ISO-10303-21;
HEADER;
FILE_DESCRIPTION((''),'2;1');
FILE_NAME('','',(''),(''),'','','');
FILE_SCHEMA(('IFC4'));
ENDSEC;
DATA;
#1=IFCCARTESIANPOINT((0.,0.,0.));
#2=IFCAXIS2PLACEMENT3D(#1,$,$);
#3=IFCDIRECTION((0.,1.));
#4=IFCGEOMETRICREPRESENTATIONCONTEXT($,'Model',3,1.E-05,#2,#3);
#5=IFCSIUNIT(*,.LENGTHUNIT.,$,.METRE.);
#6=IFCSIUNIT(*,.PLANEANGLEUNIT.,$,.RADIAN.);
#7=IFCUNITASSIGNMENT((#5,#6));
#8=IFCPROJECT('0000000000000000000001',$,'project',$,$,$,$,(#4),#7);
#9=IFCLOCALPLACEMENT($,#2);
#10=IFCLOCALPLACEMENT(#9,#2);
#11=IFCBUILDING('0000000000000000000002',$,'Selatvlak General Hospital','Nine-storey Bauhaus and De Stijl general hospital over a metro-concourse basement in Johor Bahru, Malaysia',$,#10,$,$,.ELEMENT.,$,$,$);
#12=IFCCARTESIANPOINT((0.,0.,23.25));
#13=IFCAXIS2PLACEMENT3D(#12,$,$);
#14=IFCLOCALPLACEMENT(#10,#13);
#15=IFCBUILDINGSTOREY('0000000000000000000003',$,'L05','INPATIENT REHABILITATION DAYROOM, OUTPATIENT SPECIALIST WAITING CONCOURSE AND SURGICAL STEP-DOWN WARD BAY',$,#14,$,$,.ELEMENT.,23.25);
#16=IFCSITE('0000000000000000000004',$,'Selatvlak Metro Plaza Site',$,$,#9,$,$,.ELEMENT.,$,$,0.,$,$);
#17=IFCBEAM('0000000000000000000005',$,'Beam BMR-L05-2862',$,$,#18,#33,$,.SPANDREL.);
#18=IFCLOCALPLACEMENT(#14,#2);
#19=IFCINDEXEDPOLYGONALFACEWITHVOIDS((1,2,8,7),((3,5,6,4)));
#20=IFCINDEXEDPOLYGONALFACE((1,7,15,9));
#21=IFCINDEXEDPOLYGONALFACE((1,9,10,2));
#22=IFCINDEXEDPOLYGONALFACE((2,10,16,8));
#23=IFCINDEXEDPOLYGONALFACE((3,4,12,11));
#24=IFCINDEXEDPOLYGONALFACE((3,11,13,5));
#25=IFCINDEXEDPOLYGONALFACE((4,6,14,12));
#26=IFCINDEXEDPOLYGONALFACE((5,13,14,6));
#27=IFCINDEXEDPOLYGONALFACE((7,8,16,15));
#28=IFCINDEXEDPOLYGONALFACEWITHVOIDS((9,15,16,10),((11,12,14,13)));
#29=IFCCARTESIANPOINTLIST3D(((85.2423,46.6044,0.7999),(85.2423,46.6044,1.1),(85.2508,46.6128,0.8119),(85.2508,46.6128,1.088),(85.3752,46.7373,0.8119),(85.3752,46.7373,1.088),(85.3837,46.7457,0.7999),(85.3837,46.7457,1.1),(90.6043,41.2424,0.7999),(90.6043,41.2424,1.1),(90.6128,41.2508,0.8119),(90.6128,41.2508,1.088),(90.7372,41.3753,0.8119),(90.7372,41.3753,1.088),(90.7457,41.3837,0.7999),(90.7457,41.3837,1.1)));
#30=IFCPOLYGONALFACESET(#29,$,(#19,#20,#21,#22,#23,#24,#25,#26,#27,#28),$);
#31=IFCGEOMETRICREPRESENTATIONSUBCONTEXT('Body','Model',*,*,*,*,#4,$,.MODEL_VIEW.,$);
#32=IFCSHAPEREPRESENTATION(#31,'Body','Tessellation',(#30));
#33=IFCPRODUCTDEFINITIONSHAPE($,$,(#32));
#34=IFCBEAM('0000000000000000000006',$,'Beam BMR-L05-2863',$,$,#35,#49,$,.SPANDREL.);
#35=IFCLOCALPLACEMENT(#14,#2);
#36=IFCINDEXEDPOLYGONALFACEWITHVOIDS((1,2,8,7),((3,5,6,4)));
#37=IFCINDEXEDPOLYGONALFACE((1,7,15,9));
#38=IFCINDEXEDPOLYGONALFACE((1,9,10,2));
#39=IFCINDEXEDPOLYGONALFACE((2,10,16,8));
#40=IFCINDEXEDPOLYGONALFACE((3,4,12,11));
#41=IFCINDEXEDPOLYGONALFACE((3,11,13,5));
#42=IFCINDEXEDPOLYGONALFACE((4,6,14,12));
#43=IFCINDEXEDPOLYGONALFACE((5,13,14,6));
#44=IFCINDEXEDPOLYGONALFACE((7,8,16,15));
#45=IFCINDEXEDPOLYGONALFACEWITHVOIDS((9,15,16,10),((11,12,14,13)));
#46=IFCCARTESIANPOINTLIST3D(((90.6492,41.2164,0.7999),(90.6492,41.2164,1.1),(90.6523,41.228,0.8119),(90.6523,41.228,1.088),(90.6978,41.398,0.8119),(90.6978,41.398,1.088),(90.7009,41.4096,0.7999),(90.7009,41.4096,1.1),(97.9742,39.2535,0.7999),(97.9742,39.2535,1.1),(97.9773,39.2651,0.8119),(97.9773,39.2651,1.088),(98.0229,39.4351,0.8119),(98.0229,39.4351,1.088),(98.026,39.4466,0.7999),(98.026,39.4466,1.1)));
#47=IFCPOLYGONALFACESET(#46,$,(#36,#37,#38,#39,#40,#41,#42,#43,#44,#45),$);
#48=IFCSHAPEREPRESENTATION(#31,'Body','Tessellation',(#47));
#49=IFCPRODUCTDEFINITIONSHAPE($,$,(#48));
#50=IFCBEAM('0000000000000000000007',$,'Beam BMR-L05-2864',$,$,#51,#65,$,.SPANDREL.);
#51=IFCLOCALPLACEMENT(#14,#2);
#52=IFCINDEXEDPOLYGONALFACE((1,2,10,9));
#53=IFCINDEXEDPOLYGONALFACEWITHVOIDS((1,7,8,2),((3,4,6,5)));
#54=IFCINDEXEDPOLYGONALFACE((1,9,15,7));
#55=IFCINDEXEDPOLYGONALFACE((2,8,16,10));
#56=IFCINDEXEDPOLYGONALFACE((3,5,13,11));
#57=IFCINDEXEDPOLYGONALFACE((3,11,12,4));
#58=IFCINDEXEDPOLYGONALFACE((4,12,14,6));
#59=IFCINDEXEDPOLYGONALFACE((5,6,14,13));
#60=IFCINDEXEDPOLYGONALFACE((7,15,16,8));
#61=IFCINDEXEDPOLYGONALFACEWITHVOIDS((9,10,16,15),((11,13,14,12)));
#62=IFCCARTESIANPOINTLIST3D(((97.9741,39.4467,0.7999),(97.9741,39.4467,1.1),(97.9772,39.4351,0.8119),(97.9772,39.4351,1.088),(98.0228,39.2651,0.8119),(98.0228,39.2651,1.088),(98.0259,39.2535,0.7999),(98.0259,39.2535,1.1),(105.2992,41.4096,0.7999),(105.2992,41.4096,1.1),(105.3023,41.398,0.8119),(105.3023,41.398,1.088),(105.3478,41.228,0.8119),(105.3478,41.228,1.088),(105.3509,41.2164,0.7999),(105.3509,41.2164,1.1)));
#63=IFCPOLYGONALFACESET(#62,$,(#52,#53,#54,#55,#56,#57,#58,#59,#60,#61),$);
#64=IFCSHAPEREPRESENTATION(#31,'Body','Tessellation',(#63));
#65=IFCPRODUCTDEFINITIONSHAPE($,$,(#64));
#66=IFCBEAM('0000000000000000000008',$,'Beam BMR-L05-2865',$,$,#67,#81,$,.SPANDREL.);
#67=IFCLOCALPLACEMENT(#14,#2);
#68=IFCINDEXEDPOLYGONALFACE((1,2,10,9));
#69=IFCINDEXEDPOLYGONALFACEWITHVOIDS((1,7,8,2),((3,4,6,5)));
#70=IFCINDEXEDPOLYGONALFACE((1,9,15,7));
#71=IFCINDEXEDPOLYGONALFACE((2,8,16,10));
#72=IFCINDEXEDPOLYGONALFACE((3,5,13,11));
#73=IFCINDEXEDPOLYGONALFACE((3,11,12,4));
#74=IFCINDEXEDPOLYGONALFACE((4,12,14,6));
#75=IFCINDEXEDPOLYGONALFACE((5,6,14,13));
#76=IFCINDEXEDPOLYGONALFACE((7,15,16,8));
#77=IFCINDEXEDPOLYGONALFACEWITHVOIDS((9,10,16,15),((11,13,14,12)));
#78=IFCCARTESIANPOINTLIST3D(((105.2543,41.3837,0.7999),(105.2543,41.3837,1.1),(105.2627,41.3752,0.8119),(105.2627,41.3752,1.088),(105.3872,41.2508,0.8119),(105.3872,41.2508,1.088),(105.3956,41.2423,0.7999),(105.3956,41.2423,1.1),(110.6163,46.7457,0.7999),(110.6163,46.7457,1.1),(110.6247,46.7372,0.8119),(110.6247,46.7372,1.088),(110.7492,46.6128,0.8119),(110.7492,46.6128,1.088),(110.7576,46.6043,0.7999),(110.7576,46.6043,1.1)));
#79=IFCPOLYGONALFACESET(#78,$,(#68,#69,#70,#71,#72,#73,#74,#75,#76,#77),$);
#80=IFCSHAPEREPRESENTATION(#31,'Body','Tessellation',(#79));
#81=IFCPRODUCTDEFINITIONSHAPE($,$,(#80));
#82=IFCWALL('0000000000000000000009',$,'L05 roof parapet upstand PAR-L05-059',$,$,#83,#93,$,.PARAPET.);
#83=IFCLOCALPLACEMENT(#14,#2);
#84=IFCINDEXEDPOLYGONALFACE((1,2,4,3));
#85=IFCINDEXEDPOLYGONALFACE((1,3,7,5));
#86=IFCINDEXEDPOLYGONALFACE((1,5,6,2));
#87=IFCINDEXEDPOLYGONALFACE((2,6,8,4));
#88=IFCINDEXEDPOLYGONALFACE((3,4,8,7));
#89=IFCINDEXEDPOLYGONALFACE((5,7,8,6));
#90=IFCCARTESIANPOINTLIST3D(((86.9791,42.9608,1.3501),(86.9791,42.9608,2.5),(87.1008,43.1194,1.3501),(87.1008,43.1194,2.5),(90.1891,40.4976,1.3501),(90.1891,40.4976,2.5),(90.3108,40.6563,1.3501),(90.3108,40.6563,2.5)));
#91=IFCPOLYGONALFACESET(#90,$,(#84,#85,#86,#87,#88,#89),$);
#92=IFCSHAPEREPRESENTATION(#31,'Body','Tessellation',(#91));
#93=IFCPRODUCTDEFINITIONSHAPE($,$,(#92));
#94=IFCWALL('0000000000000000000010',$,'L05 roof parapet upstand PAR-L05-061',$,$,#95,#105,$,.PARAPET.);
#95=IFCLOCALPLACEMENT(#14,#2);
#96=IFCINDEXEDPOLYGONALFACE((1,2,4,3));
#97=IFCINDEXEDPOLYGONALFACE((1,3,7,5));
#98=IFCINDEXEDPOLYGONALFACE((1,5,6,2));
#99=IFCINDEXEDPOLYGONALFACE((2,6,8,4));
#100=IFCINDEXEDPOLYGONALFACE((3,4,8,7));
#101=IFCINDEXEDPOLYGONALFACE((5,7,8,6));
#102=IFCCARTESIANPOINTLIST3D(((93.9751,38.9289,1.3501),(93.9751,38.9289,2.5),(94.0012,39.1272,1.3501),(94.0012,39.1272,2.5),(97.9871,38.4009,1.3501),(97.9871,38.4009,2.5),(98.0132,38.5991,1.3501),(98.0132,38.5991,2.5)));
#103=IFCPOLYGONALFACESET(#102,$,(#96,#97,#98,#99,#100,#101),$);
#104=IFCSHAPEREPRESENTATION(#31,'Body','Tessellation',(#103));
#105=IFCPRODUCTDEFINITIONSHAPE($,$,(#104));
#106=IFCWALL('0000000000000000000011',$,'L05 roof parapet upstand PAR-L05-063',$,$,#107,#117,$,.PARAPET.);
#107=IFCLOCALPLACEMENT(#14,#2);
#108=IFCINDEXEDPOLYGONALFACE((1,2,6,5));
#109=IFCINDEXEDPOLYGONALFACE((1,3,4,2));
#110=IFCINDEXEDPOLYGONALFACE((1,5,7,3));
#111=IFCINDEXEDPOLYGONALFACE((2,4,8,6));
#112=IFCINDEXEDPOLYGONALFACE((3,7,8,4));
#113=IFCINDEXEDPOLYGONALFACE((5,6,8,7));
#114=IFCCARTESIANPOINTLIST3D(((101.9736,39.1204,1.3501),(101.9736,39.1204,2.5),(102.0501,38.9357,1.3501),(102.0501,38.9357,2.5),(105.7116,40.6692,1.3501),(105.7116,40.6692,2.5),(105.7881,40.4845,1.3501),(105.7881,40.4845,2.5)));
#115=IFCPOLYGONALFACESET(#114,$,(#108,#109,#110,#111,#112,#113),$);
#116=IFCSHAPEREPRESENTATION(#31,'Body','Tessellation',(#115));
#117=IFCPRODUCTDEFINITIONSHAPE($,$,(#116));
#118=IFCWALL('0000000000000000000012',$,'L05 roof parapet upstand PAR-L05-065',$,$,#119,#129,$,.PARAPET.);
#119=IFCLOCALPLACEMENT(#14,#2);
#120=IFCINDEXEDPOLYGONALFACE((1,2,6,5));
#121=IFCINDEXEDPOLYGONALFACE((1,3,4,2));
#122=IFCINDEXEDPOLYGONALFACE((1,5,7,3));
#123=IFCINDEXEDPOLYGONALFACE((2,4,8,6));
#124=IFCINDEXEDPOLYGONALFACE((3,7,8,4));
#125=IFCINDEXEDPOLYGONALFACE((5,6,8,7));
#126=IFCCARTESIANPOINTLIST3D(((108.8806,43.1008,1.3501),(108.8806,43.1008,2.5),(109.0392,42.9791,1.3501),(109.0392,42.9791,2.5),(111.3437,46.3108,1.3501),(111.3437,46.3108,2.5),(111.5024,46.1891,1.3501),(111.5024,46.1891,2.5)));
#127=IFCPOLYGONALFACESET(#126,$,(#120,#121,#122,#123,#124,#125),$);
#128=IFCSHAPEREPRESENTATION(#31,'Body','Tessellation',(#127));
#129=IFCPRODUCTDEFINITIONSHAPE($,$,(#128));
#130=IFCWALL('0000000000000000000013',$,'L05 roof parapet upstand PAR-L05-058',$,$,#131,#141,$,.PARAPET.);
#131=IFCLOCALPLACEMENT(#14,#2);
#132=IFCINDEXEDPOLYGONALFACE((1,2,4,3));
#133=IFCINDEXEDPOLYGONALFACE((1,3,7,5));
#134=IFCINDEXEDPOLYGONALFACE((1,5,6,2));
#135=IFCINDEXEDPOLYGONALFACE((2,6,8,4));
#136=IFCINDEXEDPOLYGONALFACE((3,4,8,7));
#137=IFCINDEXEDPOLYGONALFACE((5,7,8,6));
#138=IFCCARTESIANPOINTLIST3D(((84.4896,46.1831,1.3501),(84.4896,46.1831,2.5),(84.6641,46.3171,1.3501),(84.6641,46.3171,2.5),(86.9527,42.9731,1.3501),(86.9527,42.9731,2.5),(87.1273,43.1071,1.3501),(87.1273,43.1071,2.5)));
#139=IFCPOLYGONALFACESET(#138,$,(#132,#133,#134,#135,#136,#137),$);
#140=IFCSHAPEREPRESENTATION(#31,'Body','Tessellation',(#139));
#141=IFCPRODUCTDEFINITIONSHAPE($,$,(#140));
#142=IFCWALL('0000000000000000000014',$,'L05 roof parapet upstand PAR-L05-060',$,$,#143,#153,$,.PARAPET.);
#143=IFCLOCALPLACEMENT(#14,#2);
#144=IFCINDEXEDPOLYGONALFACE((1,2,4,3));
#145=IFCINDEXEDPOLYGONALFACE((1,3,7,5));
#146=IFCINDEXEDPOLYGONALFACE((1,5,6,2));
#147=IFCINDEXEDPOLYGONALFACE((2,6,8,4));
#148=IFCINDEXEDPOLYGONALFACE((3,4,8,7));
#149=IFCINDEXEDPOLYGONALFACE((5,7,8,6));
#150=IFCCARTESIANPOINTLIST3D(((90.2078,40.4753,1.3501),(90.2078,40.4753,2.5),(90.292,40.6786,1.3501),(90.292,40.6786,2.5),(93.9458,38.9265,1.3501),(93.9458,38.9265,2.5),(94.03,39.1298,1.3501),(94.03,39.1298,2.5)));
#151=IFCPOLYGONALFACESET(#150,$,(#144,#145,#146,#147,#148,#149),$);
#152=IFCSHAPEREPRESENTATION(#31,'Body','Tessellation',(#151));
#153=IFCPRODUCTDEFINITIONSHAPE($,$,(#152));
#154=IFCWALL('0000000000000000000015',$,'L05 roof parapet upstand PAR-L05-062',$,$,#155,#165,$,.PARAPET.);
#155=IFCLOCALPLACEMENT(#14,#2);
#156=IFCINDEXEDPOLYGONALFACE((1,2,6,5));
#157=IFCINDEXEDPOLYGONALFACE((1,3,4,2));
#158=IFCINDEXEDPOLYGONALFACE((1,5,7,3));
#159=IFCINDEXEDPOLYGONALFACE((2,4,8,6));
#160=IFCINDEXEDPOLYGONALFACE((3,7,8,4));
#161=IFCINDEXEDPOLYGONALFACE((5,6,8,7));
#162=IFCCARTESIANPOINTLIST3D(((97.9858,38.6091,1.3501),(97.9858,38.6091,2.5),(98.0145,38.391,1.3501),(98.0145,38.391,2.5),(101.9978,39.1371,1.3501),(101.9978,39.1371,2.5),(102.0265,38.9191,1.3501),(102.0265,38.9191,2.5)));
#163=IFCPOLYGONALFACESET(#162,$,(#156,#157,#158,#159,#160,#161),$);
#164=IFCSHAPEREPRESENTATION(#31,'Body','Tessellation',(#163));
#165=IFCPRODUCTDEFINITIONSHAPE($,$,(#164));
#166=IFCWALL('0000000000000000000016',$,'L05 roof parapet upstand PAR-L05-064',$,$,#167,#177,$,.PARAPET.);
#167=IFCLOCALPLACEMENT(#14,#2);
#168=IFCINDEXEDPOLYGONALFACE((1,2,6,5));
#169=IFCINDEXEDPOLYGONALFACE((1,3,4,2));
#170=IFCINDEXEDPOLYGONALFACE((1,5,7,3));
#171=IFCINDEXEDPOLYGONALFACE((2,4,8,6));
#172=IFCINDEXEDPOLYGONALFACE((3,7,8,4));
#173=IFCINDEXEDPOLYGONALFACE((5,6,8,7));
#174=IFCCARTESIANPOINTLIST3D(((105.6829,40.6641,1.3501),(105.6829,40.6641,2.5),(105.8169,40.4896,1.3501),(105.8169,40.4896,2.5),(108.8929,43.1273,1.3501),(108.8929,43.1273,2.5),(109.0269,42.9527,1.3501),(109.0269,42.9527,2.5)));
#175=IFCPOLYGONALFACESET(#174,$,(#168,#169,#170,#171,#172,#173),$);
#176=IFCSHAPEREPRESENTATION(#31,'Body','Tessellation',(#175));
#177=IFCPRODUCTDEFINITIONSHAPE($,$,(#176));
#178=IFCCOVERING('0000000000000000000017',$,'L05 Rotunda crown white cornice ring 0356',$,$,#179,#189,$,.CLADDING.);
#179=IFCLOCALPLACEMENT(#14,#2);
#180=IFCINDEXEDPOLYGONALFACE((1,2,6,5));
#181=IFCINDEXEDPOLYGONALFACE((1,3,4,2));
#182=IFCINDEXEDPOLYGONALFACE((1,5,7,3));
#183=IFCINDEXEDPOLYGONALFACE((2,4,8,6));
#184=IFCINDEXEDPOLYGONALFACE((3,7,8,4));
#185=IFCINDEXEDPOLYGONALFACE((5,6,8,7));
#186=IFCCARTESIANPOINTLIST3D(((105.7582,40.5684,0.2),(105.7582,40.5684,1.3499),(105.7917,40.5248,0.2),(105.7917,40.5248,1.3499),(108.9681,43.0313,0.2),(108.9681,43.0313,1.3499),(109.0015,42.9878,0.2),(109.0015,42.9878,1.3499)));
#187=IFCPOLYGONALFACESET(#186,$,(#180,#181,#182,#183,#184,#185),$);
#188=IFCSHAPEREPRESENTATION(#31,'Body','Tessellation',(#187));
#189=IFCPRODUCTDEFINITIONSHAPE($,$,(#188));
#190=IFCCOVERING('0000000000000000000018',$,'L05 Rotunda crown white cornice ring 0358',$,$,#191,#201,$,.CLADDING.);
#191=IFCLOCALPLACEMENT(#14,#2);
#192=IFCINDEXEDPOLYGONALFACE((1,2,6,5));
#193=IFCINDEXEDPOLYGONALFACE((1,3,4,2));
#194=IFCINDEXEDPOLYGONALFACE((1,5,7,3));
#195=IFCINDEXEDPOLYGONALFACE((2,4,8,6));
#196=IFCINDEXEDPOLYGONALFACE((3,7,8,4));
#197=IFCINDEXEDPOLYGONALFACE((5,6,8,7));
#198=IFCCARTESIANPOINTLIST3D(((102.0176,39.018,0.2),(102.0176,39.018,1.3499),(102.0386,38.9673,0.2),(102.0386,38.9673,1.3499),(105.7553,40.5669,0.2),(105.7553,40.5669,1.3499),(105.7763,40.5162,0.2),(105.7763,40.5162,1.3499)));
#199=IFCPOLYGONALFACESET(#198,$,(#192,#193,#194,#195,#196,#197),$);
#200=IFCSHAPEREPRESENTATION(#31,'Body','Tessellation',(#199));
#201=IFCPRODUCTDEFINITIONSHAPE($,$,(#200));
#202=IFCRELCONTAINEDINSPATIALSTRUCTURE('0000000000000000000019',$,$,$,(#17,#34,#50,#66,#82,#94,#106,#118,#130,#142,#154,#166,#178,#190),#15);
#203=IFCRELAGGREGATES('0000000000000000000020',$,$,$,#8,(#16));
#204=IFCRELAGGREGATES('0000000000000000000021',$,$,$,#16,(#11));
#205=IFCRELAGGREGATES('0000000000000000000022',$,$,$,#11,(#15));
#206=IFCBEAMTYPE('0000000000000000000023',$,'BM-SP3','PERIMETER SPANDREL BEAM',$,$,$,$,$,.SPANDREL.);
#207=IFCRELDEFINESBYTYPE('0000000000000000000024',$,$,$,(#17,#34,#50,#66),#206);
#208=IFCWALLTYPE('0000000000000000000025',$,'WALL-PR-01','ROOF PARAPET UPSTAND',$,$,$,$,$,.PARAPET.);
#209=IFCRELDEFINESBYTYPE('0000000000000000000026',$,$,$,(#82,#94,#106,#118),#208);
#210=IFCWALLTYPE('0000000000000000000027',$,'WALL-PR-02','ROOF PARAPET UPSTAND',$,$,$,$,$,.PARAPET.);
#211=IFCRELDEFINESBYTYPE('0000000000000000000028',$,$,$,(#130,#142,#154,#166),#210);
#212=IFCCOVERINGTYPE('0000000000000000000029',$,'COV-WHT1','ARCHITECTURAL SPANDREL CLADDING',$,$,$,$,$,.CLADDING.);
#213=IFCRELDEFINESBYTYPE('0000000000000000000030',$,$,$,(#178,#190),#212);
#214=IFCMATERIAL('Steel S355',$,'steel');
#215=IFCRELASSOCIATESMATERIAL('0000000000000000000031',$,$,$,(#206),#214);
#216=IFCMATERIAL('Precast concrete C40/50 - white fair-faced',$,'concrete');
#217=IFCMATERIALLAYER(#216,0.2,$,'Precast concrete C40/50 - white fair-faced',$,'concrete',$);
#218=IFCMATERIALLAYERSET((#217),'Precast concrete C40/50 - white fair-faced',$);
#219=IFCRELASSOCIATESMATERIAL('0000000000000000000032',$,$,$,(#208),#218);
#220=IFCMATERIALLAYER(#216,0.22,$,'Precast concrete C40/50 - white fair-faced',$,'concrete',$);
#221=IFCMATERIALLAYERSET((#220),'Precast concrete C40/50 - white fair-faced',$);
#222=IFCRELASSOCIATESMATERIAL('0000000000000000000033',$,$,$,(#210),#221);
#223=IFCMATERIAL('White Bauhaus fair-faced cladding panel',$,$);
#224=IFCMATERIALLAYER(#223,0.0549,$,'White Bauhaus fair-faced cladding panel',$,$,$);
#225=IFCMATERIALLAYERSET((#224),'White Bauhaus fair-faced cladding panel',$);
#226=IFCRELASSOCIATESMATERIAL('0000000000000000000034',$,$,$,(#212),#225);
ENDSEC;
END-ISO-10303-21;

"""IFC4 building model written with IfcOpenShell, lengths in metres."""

from ifc_helpers import new_model, si_unit, direction, frame, frame_2d, origin, origin_2d, place, context, subcontext, project, spatial, rectangle, hollow_rectangle, extrude, material, layer, layer_set, material_profile, profile_set, type_object, element, save


model = new_model("IFC4")

# Units and contexts
model_context = context("Model", 3, precision=1e-05, world=origin(), true_north=direction((0.0, 1.0)))
body_context = subcontext(model_context, "Body", "Model", "MODEL_VIEW")
ifc_project = project(units=[si_unit("LENGTHUNIT", "METRE"), si_unit("PLANEANGLEUNIT", "RADIAN")], contexts=[model_context])

# Site, building, storey
site_placement = place(None, origin())
site = spatial("IfcSite", under=ifc_project, at=site_placement, Name="Selatvlak Metro Plaza Site", CompositionType="ELEMENT", RefElevation=0.0)
building_placement = place(site_placement, origin())
building = spatial("IfcBuilding", under=site, at=building_placement, Name="Selatvlak General Hospital", Description="Nine-storey Bauhaus and De Stijl general hospital over a metro-concourse basement in Johor Bahru, Malaysia", CompositionType="ELEMENT")
storey_placement = place(building_placement, frame((0.0, 0.0, 23.25)))
storey = spatial("IfcBuildingStorey", under=building, at=storey_placement, Name="L05", Description="INPATIENT REHABILITATION DAYROOM, OUTPATIENT SPECIALIST WAITING CONCOURSE AND SURGICAL STEP-DOWN WARD BAY", CompositionType="ELEMENT", Elevation=23.25)

# Beams
ifc_material_1 = material(Name="Steel S355", Category="steel")
ifc_material_profile = material_profile(ifc_material_1, hollow_rectangle(XDim=0.2, YDim=0.3, WallThickness=0.012, at=origin_2d()), Name="RHS 300x200x12")
ifc_profile_set = profile_set([ifc_material_profile], Name="Steel S355")
beam_type = type_object("IfcBeamType", Name="BM-SP3", Description="PERIMETER SPANDREL BEAM", PredefinedType="SPANDREL", material=ifc_profile_set)
beam_1_placement = place(storey_placement, frame((85.313, 46.675, 0.95), z_axis=(0.707107, -0.707107, 0.0), x_axis=(0.707107, 0.707107, 0.0)))
element("IfcBeam", 1, at=beam_1_placement, inside=storey, type_object=beam_type, Name="Beam BMR-L05-2862", PredefinedType="SPANDREL", context=body_context, shape_type="SweptSolid", body=[
    extrude(hollow_rectangle(XDim=0.2, YDim=0.3, WallThickness=0.012, at=origin_2d()), origin(), (0.0, 0.0, 1.0), 7.583),
])
for number, where, z_axis, x_axis, name in (
    (2, (90.675, 41.313, 0.95), (0.96592, -0.258841, 0.0), (0.258841, 0.96592, 0.0), "Beam BMR-L05-2863"),
    (3, (98.0, 39.3501, 0.95), (0.96592, 0.258841, 0.0), (-0.258841, 0.96592, 0.0), "Beam BMR-L05-2864"),
):
    element("IfcBeam", number, at=place(storey_placement, frame(where, z_axis=z_axis, x_axis=x_axis)), inside=storey, type_object=beam_type, Name=name, PredefinedType="SPANDREL", context=body_context, shape_type="SweptSolid", body=[
        extrude(hollow_rectangle(XDim=0.2, YDim=0.3, WallThickness=0.012, at=origin_2d()), origin(), (0.0, 0.0, 1.0), 7.5835),
    ])
beam_2_placement = place(storey_placement, frame((105.325, 41.313, 0.95), z_axis=(0.707107, 0.707107, 0.0), x_axis=(-0.707107, 0.707107, 0.0)))
element("IfcBeam", 4, at=beam_2_placement, inside=storey, type_object=beam_type, Name="Beam BMR-L05-2865", PredefinedType="SPANDREL", context=body_context, shape_type="SweptSolid", body=[
    extrude(hollow_rectangle(XDim=0.2, YDim=0.3, WallThickness=0.012, at=origin_2d()), origin(), (0.0, 0.0, 1.0), 7.583),
])

# Walls
ifc_material_2 = material(Name="Precast concrete C40/50 - white fair-faced", Category="concrete")
ifc_layer_1 = layer(ifc_material_2, 0.2, Name="Precast concrete C40/50 - white fair-faced", Category="concrete")
ifc_layer_set_1 = layer_set([ifc_layer_1], Name="Precast concrete C40/50 - white fair-faced")
wall_type_1 = type_object("IfcWallType", Name="WALL-PR-01", Description="ROOF PARAPET UPSTAND", PredefinedType="PARAPET", material=ifc_layer_set_1)
wall_1_placement = place(storey_placement, frame((87.04, 43.04, 1.3501), z_axis=(0.0, 0.0, 1.0), x_axis=(0.793348, -0.608768, 0.0)))
element("IfcWall", 5, at=wall_1_placement, inside=storey, type_object=wall_type_1, Name="L05 roof parapet upstand PAR-L05-059", PredefinedType="PARAPET", context=body_context, shape_type="SweptSolid", body=[
    extrude(rectangle(XDim=4.0461, YDim=0.2, at=frame_2d((2.0229, 0.0))), origin(), (0.0, 0.0, 1.0), 1.1499),
])
wall_2_placement = place(storey_placement, frame((93.988, 39.0281, 1.3501), z_axis=(0.0, 0.0, 1.0), x_axis=(0.991448, -0.1305, 0.0)))
element("IfcWall", 6, at=wall_2_placement, inside=storey, type_object=wall_type_1, Name="L05 roof parapet upstand PAR-L05-061", PredefinedType="PARAPET", context=body_context, shape_type="SweptSolid", body=[
    extrude(rectangle(XDim=4.0466, YDim=0.2, at=frame_2d((2.0234, 0.0))), origin(), (0.0, 0.0, 1.0), 1.1499),
])
for number, where, z_axis, x_axis, name in (
    (7, (102.012, 39.0281, 1.3501), (0.0, 0.0, 1.0), (0.923837, 0.382785, 0.0), "L05 roof parapet upstand PAR-L05-063"),
    (8, (108.96, 43.04, 1.3501), (0.0, 0.0, 1.0), (0.608768, 0.793348, 0.0), "L05 roof parapet upstand PAR-L05-065"),
):
    element("IfcWall", number, at=place(storey_placement, frame(where, z_axis=z_axis, x_axis=x_axis)), inside=storey, type_object=wall_type_1, Name=name, PredefinedType="PARAPET", context=body_context, shape_type="SweptSolid", body=[
        extrude(rectangle(XDim=4.0461, YDim=0.2, at=frame_2d((2.0229, 0.0))), origin(), (0.0, 0.0, 1.0), 1.1499),
    ])
ifc_layer_2 = layer(ifc_material_2, 0.22, Name="Precast concrete C40/50 - white fair-faced", Category="concrete")
ifc_layer_set_2 = layer_set([ifc_layer_2], Name="Precast concrete C40/50 - white fair-faced")
wall_type_2 = type_object("IfcWallType", Name="WALL-PR-02", Description="ROOF PARAPET UPSTAND", PredefinedType="PARAPET", material=ifc_layer_set_2)
for number, where, z_axis, x_axis, name in (
    (9, (84.5769, 46.25, 1.3501), (0.0, 0.0, 1.0), (0.608768, -0.793348, 0.0), "L05 roof parapet upstand PAR-L05-058"),
    (10, (90.25, 40.5769, 1.3501), (0.0, 0.0, 1.0), (0.923837, -0.382785, 0.0), "L05 roof parapet upstand PAR-L05-060"),
):
    element("IfcWall", number, at=place(storey_placement, frame(where, z_axis=z_axis, x_axis=x_axis)), inside=storey, type_object=wall_type_2, Name=name, PredefinedType="PARAPET", context=body_context, shape_type="SweptSolid", body=[
        extrude(rectangle(XDim=4.0461, YDim=0.22, at=frame_2d((2.0229, 0.0))), origin(), (0.0, 0.0, 1.0), 1.1499),
    ])
wall_3_placement = place(storey_placement, frame((98.0, 38.5, 1.3501), z_axis=(0.0, 0.0, 1.0), x_axis=(0.991448, 0.1305, 0.0)))
element("IfcWall", 11, at=wall_3_placement, inside=storey, type_object=wall_type_2, Name="L05 roof parapet upstand PAR-L05-062", PredefinedType="PARAPET", context=body_context, shape_type="SweptSolid", body=[
    extrude(rectangle(XDim=4.0466, YDim=0.22, at=frame_2d((2.0234, 0.0))), origin(), (0.0, 0.0, 1.0), 1.1499),
])
wall_4_placement = place(storey_placement, frame((105.75, 40.5769, 1.3501), z_axis=(0.0, 0.0, 1.0), x_axis=(0.793348, 0.608768, 0.0)))
element("IfcWall", 12, at=wall_4_placement, inside=storey, type_object=wall_type_2, Name="L05 roof parapet upstand PAR-L05-064", PredefinedType="PARAPET", context=body_context, shape_type="SweptSolid", body=[
    extrude(rectangle(XDim=4.0461, YDim=0.22, at=frame_2d((2.0229, 0.0))), origin(), (0.0, 0.0, 1.0), 1.1499),
])

# Coverings
ifc_material_3 = material(Name="White Bauhaus fair-faced cladding panel")
ifc_layer_3 = layer(ifc_material_3, 0.0549, Name="White Bauhaus fair-faced cladding panel")
ifc_layer_set_3 = layer_set([ifc_layer_3], Name="White Bauhaus fair-faced cladding panel")
covering_type = type_object("IfcCoveringType", Name="COV-WHT1", Description="ARCHITECTURAL SPANDREL CLADDING", PredefinedType="CLADDING", material=ifc_layer_set_3)
for number, where, z_axis, x_axis, name in (
    (13, (107.3799, 41.7781, 0.2), (0.0, 0.0, 1.0), (-0.793364, -0.608748, 0.0), "L05 Rotunda crown white cornice ring 0356"),
    (14, (103.897, 39.7671, 0.2), (0.0, 0.0, 1.0), (-0.923819, -0.382829, 0.0), "L05 Rotunda crown white cornice ring 0358"),
):
    element("IfcCovering", number, at=place(storey_placement, frame(where, z_axis=z_axis, x_axis=x_axis)), inside=storey, type_object=covering_type, Name=name, PredefinedType="CLADDING", context=body_context, shape_type="SweptSolid", body=[
        extrude(rectangle(XDim=4.0459, YDim=0.0549, at=origin_2d()), origin(), (0.0, 0.0, 1.0), 1.1499),
    ])

save(model, "model.ifc")
